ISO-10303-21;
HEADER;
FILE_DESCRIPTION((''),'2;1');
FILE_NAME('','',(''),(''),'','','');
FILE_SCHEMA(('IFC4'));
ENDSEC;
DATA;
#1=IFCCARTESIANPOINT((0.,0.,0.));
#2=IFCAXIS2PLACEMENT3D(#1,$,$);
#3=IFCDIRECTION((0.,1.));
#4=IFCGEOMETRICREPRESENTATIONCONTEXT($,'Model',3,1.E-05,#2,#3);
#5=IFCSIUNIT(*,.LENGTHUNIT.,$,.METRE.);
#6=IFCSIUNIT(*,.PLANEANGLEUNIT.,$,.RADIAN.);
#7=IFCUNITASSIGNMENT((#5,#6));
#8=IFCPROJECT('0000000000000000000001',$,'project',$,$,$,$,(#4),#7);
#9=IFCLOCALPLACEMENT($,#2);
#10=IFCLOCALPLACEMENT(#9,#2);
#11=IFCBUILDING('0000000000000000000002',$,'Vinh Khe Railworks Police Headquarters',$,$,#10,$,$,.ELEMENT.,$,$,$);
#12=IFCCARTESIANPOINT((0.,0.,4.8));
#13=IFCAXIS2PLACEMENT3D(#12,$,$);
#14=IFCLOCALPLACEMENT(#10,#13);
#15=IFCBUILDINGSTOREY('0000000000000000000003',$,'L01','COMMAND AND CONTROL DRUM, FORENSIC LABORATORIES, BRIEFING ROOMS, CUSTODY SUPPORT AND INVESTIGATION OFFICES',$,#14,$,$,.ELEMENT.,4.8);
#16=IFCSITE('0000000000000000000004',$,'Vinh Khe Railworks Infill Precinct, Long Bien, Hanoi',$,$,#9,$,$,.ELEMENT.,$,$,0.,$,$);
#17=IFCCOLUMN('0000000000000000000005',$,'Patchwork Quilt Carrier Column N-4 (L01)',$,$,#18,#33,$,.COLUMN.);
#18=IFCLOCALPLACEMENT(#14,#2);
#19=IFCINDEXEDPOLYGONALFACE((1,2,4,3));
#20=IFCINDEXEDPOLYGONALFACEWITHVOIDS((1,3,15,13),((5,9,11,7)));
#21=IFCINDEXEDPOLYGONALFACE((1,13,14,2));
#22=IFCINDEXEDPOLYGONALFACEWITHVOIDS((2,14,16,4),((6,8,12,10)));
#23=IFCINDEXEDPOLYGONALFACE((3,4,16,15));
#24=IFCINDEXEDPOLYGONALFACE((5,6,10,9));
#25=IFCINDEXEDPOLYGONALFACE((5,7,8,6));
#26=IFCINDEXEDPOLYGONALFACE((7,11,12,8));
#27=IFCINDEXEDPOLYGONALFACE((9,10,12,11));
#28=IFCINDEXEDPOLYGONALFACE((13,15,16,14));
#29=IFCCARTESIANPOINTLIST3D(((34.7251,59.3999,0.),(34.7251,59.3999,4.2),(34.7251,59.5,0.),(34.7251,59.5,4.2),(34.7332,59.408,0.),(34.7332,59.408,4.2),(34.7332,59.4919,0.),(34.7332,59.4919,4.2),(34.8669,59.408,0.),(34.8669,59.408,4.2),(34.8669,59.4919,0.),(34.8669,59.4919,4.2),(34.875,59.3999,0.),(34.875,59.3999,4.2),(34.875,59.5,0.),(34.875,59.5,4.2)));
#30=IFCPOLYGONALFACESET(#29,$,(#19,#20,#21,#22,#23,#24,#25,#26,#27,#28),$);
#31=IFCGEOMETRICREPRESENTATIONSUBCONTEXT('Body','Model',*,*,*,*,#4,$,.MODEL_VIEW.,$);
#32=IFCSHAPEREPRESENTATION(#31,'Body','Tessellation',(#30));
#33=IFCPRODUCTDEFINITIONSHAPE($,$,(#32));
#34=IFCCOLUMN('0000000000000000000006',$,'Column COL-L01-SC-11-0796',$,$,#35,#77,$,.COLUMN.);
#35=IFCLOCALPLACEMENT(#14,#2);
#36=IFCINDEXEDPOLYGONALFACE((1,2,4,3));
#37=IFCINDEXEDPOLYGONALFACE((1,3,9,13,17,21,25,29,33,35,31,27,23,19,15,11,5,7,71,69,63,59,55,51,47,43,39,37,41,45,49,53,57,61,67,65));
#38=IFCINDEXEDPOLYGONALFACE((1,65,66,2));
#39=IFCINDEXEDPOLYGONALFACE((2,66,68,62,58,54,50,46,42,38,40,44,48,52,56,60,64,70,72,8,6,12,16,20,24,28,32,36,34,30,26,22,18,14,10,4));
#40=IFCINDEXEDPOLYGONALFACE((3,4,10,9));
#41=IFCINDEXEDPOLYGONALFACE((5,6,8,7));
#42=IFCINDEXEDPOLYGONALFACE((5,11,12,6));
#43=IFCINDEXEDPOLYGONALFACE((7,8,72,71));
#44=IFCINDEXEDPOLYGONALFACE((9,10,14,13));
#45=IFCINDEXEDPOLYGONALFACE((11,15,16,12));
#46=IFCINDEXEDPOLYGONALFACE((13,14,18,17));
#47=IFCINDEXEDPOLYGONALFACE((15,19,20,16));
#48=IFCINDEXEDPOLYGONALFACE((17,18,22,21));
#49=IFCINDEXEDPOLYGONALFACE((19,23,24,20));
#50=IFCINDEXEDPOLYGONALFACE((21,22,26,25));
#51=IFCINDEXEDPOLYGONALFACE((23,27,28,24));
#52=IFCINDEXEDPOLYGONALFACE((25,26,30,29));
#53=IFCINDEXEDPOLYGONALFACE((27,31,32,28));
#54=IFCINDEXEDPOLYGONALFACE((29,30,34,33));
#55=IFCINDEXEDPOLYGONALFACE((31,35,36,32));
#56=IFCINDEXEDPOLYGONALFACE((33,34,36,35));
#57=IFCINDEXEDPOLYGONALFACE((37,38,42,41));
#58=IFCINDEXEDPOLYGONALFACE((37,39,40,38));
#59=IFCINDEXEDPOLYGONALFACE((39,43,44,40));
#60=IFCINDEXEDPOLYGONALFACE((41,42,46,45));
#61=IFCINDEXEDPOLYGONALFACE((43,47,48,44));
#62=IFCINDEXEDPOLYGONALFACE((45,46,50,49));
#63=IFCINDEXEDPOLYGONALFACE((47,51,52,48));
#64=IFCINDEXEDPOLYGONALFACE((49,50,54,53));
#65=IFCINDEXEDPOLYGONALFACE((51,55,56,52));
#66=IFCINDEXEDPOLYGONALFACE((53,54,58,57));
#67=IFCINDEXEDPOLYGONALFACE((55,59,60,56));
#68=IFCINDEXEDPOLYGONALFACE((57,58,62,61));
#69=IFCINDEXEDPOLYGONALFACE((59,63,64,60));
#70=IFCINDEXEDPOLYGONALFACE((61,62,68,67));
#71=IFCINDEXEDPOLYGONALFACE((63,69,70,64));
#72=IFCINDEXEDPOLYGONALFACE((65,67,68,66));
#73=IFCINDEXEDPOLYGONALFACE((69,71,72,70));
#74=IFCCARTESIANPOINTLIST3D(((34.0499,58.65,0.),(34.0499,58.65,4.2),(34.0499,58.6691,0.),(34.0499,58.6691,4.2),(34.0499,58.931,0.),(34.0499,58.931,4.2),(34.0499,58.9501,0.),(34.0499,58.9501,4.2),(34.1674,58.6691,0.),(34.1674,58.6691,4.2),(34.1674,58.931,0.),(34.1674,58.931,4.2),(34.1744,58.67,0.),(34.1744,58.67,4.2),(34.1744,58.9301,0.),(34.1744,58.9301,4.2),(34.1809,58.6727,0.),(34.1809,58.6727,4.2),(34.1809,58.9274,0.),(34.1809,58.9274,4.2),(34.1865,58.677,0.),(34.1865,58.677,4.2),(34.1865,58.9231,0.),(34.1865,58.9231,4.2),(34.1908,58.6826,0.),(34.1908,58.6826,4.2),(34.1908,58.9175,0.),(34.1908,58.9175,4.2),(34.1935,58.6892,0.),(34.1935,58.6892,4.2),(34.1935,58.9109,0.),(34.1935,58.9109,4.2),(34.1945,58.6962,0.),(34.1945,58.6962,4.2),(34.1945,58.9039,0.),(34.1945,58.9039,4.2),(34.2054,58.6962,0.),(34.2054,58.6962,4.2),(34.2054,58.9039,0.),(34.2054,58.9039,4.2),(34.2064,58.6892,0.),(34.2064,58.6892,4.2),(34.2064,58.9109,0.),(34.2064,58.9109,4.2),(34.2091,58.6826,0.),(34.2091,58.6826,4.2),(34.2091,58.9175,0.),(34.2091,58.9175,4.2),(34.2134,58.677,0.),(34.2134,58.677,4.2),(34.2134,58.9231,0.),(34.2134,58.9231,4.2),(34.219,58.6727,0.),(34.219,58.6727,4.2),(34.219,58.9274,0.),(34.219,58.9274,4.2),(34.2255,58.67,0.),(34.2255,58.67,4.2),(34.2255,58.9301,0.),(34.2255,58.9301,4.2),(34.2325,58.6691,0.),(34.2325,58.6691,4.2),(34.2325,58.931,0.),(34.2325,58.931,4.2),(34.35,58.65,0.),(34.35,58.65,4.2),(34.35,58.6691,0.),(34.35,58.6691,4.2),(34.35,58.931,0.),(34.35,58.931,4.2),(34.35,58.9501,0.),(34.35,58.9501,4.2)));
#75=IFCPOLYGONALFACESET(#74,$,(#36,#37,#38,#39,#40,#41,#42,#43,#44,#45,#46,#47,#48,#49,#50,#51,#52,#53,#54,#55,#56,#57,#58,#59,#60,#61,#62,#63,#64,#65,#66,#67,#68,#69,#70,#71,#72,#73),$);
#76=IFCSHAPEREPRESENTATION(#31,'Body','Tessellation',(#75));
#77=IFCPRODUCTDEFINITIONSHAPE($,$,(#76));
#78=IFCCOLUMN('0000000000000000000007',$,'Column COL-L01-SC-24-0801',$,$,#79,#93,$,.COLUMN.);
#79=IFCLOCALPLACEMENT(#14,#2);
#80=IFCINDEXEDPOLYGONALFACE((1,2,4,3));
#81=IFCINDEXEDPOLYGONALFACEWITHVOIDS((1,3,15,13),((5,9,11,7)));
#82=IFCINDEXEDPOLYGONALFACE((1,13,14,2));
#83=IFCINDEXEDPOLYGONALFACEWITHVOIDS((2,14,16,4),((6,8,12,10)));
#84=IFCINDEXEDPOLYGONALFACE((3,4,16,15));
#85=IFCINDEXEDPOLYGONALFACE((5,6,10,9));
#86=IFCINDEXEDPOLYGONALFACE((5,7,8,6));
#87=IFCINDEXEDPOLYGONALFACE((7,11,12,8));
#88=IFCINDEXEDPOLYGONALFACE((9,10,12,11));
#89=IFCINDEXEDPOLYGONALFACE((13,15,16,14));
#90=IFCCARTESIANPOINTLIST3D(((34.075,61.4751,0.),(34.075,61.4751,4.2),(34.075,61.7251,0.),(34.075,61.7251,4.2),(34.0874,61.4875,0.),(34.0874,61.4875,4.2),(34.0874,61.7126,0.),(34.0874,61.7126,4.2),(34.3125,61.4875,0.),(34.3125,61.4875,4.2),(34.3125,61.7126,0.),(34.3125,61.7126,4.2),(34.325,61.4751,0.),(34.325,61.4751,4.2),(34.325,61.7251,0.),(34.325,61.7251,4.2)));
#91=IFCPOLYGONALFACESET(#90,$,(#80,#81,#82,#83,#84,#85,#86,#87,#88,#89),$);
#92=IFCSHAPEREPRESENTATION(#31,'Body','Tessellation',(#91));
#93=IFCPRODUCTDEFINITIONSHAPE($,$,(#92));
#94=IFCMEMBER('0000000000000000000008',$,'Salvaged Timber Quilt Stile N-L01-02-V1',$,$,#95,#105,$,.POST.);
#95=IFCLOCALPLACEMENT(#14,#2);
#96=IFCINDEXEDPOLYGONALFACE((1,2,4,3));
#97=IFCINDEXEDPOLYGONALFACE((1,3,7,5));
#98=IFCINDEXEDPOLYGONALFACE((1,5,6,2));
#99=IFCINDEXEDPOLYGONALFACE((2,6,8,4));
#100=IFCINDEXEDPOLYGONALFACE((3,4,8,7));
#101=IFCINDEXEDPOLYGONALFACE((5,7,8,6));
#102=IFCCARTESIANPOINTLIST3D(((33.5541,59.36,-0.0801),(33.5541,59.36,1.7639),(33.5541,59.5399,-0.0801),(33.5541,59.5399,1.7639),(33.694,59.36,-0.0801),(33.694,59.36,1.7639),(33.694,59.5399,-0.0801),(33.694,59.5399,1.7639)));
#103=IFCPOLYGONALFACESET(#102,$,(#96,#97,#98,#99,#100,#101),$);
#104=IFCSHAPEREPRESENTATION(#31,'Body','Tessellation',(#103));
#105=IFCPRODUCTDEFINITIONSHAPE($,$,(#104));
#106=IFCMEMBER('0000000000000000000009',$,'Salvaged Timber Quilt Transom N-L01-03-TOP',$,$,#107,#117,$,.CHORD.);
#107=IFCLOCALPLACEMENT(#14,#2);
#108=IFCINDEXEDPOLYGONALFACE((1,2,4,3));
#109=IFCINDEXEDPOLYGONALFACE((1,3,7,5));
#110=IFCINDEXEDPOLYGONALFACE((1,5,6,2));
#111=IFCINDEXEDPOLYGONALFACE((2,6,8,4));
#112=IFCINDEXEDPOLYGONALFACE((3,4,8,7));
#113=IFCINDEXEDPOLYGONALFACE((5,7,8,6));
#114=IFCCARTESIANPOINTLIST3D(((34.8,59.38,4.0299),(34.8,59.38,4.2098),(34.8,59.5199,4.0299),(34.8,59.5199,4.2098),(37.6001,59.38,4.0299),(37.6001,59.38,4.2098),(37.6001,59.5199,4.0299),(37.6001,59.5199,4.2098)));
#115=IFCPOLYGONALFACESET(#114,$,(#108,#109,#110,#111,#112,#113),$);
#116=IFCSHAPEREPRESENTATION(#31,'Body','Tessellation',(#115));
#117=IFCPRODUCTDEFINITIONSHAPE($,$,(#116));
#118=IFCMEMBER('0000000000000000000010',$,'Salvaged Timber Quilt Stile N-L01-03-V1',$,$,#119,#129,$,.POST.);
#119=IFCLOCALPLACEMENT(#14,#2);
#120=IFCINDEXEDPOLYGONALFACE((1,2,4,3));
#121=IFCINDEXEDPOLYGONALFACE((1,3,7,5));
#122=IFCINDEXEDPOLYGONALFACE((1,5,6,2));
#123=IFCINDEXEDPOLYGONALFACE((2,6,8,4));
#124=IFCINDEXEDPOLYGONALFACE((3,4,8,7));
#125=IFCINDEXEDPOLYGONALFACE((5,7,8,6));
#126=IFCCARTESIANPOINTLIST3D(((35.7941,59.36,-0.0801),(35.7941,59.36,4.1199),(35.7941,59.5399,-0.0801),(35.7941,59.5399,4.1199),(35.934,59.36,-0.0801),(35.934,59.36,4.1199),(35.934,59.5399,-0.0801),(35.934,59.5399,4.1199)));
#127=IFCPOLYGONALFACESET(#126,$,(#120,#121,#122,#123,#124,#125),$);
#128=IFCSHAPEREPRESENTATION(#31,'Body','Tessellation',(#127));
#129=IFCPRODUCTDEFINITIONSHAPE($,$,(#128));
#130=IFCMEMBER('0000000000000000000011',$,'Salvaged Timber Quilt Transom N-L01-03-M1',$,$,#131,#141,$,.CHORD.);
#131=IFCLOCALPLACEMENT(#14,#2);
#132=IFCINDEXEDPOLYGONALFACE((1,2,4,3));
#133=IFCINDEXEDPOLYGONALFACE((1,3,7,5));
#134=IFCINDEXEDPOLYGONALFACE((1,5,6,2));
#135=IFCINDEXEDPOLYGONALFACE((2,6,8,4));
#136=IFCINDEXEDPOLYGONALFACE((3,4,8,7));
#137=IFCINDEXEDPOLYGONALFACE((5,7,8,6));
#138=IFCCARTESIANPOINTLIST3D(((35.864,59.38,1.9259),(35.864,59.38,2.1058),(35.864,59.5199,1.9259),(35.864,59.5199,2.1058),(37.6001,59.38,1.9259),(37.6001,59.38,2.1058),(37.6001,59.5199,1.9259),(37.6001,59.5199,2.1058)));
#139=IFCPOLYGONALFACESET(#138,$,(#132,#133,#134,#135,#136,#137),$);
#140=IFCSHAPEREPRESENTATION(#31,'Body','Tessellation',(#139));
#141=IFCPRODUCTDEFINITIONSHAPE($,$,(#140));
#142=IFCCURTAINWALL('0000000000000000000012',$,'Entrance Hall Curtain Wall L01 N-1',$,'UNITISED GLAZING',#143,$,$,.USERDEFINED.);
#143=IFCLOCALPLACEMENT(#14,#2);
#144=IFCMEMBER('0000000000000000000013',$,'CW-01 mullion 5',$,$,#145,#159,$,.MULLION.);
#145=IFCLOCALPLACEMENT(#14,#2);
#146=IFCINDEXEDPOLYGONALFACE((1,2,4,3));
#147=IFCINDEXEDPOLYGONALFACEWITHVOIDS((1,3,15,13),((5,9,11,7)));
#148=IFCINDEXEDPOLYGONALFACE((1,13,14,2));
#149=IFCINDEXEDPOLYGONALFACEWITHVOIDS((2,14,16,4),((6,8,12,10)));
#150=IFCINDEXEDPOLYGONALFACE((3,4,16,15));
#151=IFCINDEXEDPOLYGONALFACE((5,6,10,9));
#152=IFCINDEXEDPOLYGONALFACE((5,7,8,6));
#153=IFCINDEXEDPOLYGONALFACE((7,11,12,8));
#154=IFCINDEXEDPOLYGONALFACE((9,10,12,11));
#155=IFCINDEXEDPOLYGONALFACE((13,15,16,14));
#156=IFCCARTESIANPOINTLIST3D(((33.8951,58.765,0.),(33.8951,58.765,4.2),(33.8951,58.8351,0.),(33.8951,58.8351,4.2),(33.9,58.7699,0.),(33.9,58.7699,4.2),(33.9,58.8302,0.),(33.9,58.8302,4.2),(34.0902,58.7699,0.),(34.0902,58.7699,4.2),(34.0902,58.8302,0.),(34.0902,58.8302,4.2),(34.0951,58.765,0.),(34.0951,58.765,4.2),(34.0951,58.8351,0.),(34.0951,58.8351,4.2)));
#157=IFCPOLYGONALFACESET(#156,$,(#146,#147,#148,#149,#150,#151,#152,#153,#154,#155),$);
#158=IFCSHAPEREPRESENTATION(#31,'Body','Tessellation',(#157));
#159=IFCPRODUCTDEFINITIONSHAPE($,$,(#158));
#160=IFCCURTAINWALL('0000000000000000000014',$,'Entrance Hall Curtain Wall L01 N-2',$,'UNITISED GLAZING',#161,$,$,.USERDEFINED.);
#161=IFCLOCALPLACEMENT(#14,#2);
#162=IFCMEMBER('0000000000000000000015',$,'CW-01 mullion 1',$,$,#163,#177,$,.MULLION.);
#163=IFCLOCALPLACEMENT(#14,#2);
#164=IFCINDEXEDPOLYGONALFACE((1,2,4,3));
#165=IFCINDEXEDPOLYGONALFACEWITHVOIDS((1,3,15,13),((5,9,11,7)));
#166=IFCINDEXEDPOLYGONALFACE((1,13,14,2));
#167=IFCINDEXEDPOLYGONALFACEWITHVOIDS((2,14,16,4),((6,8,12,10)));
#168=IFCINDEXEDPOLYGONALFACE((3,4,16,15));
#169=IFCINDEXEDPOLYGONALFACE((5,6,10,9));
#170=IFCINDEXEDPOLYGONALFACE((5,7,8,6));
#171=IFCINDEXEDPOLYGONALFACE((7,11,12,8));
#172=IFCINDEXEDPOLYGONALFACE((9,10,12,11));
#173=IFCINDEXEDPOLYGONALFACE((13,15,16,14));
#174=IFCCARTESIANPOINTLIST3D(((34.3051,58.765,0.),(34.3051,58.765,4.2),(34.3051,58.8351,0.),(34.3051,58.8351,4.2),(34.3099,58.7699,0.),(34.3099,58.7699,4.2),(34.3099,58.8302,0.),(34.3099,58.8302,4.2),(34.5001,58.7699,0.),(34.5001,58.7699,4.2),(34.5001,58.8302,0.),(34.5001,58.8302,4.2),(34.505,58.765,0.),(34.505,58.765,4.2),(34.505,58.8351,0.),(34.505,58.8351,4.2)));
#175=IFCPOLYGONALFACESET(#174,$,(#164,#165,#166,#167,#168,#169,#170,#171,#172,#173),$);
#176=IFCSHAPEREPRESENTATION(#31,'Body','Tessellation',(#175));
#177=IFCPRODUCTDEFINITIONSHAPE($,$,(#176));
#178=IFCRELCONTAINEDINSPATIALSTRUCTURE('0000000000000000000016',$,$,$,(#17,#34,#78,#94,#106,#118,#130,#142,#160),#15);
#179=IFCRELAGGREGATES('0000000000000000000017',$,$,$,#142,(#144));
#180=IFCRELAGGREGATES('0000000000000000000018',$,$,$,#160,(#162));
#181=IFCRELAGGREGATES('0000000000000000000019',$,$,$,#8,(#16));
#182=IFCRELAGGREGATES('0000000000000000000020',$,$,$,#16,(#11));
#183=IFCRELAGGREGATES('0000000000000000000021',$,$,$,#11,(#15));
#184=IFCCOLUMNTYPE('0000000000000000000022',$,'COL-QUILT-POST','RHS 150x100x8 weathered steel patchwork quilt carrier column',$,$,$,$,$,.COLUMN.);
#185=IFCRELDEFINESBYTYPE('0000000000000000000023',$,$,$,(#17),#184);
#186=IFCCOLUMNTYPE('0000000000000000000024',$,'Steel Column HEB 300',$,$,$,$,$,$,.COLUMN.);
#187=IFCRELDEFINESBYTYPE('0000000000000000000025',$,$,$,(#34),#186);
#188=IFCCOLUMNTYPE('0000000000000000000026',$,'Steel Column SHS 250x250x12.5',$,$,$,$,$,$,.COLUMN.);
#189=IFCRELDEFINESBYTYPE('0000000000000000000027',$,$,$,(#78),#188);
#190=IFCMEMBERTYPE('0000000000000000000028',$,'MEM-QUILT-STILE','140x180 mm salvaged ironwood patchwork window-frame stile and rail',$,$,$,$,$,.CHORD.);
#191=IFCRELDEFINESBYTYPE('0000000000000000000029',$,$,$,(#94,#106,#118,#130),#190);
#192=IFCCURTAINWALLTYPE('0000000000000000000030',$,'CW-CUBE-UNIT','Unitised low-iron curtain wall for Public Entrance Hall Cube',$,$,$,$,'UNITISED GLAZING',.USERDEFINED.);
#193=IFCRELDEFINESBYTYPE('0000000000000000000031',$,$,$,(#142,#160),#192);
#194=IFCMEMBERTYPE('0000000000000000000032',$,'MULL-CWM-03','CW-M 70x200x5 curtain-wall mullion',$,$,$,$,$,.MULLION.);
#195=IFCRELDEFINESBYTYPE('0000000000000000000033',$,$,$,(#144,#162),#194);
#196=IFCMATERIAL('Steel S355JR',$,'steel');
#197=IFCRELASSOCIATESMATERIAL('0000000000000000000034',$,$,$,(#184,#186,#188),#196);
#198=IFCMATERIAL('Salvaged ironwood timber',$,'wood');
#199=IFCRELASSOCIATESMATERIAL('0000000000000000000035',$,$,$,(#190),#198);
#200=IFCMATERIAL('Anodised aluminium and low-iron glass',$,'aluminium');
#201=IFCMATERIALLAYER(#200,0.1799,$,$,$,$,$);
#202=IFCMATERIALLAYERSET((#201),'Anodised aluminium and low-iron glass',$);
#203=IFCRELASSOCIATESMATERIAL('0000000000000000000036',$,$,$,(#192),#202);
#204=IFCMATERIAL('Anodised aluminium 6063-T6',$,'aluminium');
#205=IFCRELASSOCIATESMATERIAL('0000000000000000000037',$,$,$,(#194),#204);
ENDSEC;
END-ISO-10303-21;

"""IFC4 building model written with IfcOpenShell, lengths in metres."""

from ifc_helpers import new_model, si_unit, direction, frame, origin, origin_2d, place, context, subcontext, project, spatial, rectangle, hollow_rectangle, i_section, extrude, material, layer, layer_set, material_profile, profile_set, type_object, element, aggregate, save


model = new_model("IFC4")

# Units and contexts
model_context = context("Model", 3, precision=1e-05, world=origin(), true_north=direction((0.0, 1.0)))
body_context = subcontext(model_context, "Body", "Model", "MODEL_VIEW")
ifc_project = project(units=[si_unit("LENGTHUNIT", "METRE"), si_unit("PLANEANGLEUNIT", "RADIAN")], contexts=[model_context])

# Site, building, storey
site_placement = place(None, origin())
site = spatial("IfcSite", under=ifc_project, at=site_placement, Name="Vinh Khe Railworks Infill Precinct, Long Bien, Hanoi", CompositionType="ELEMENT", RefElevation=0.0)
building_placement = place(site_placement, origin())
building = spatial("IfcBuilding", under=site, at=building_placement, Name="Vinh Khe Railworks Police Headquarters", CompositionType="ELEMENT")
storey_placement = place(building_placement, frame((0.0, 0.0, 4.8)))
storey = spatial("IfcBuildingStorey", under=building, at=storey_placement, Name="L01", Description="COMMAND AND CONTROL DRUM, FORENSIC LABORATORIES, BRIEFING ROOMS, CUSTODY SUPPORT AND INVESTIGATION OFFICES", CompositionType="ELEMENT", Elevation=4.8)

# Columns
ifc_material_1 = material(Name="Steel S355JR", Category="steel")
ifc_material_profile_1 = material_profile(ifc_material_1, hollow_rectangle(XDim=0.1499, YDim=0.1001, WallThickness=0.0081, at=origin_2d()), Name="RHS 150x100x8")
ifc_profile_set_1 = profile_set([ifc_material_profile_1], Name="Steel S355JR")
column_type_1 = type_object("IfcColumnType", Name="COL-QUILT-POST", Description="RHS 150x100x8 weathered steel patchwork quilt carrier column", PredefinedType="COLUMN", material=ifc_profile_set_1)
column_1_placement = place(storey_placement, frame((34.8, 59.45, 0.0), z_axis=(0.0, 0.0, 1.0), x_axis=(1.0, 0.0, 0.0)))
element("IfcColumn", 1, at=column_1_placement, inside=storey, type_object=column_type_1, Name="Patchwork Quilt Carrier Column N-4 (L01)", PredefinedType="COLUMN", context=body_context, shape_type="SweptSolid", body=[
    extrude(hollow_rectangle(XDim=0.1499, YDim=0.1001, WallThickness=0.0081, at=origin_2d()), origin(), (0.0, 0.0, 1.0), 4.2),
])
ifc_material_profile_2 = material_profile(ifc_material_1, i_section(OverallWidth=0.3, OverallDepth=0.3, WebThickness=0.011, FlangeThickness=0.019, FilletRadius=0.0271, at=origin_2d()), Name="HEB 300")
ifc_profile_set_2 = profile_set([ifc_material_profile_2], Name="Steel S355JR")
column_type_2 = type_object("IfcColumnType", Name="Steel Column HEB 300", PredefinedType="COLUMN", material=ifc_profile_set_2)
column_2_placement = place(storey_placement, frame((34.2, 58.8, 0.0), z_axis=(0.0, 0.0, 1.0), x_axis=(1.0, 0.0, 0.0)))
element("IfcColumn", 2, at=column_2_placement, inside=storey, type_object=column_type_2, Name="Column COL-L01-SC-11-0796", PredefinedType="COLUMN", context=body_context, shape_type="SweptSolid", body=[
    extrude(i_section(OverallWidth=0.3, OverallDepth=0.3, WebThickness=0.011, FlangeThickness=0.019, FilletRadius=0.0271, at=origin_2d()), origin(), (0.0, 0.0, 1.0), 4.2),
])
ifc_material_profile_3 = material_profile(ifc_material_1, hollow_rectangle(XDim=0.25, YDim=0.25, WallThickness=0.0125, at=origin_2d()), Name="SHS 250x250x12.5")
ifc_profile_set_3 = profile_set([ifc_material_profile_3], Name="Steel S355JR")
column_type_3 = type_object("IfcColumnType", Name="Steel Column SHS 250x250x12.5", PredefinedType="COLUMN", material=ifc_profile_set_3)
column_3_placement = place(storey_placement, frame((34.2, 61.6001, 0.0), z_axis=(0.0, 0.0, 1.0), x_axis=(1.0, 0.0, 0.0)))
element("IfcColumn", 3, at=column_3_placement, inside=storey, type_object=column_type_3, Name="Column COL-L01-SC-24-0801", PredefinedType="COLUMN", context=body_context, shape_type="SweptSolid", body=[
    extrude(hollow_rectangle(XDim=0.25, YDim=0.25, WallThickness=0.0125, at=origin_2d()), origin(), (0.0, 0.0, 1.0), 4.2),
])

# Members
ifc_material_2 = material(Name="Salvaged ironwood timber", Category="wood")
ifc_material_profile_4 = material_profile(ifc_material_2, rectangle(XDim=0.1399, YDim=0.1799, at=origin_2d()), Name="TIMBER 140x180")
ifc_profile_set_4 = profile_set([ifc_material_profile_4], Name="Salvaged ironwood timber")
member_type_1 = type_object("IfcMemberType", Name="MEM-QUILT-STILE", Description="140x180 mm salvaged ironwood patchwork window-frame stile and rail", PredefinedType="CHORD", material=ifc_profile_set_4)
member_1_placement = place(storey_placement, frame((33.624, 59.45, -0.0801), z_axis=(0.0, 0.0, 1.0), x_axis=(1.0, 0.0, 0.0)))
element("IfcMember", 4, at=member_1_placement, inside=storey, type_object=member_type_1, Name="Salvaged Timber Quilt Stile N-L01-02-V1", PredefinedType="POST", context=body_context, shape_type="SweptSolid", body=[
    extrude(rectangle(XDim=0.1399, YDim=0.1799, at=origin_2d()), origin(), (0.0, 0.0, 1.0), 1.844),
])
member_2_placement = place(storey_placement, frame((34.8, 59.45, 4.1199), z_axis=(1.0, 0.0, 0.0), x_axis=(0.0, 1.0, 0.0)))
element("IfcMember", 5, at=member_2_placement, inside=storey, type_object=member_type_1, Name="Salvaged Timber Quilt Transom N-L01-03-TOP", PredefinedType="CHORD", context=body_context, shape_type="SweptSolid", body=[
    extrude(rectangle(XDim=0.1399, YDim=0.1799, at=origin_2d()), origin(), (0.0, 0.0, 1.0), 2.8),
])
member_3_placement = place(storey_placement, frame((35.864, 59.45, -0.0801), z_axis=(0.0, 0.0, 1.0), x_axis=(1.0, 0.0, 0.0)))
element("IfcMember", 6, at=member_3_placement, inside=storey, type_object=member_type_1, Name="Salvaged Timber Quilt Stile N-L01-03-V1", PredefinedType="POST", context=body_context, shape_type="SweptSolid", body=[
    extrude(rectangle(XDim=0.1399, YDim=0.1799, at=origin_2d()), origin(), (0.0, 0.0, 1.0), 4.2),
])
member_4_placement = place(storey_placement, frame((35.864, 59.45, 2.0159), z_axis=(1.0, 0.0, 0.0), x_axis=(0.0, 1.0, 0.0)))
element("IfcMember", 7, at=member_4_placement, inside=storey, type_object=member_type_1, Name="Salvaged Timber Quilt Transom N-L01-03-M1", PredefinedType="CHORD", context=body_context, shape_type="SweptSolid", body=[
    extrude(rectangle(XDim=0.1399, YDim=0.1799, at=origin_2d()), origin(), (0.0, 0.0, 1.0), 1.7361),
])

# Curtain walls, members
ifc_material_3 = material(Name="Anodised aluminium and low-iron glass", Category="aluminium")
ifc_layer_1 = layer(ifc_material_3, 0.1799)
ifc_layer_set_1 = layer_set([ifc_layer_1], Name="Anodised aluminium and low-iron glass")
curtain_wall_type = type_object("IfcCurtainWallType", Name="CW-CUBE-UNIT", Description="Unitised low-iron curtain wall for Public Entrance Hall Cube", ElementType="UNITISED GLAZING", PredefinedType="USERDEFINED", material=ifc_layer_set_1)
curtain_wall_1_placement = place(storey_placement, origin())
curtain_wall_1 = element("IfcCurtainWall", 8, at=curtain_wall_1_placement, inside=storey, type_object=curtain_wall_type, Name="Entrance Hall Curtain Wall L01 N-1", ObjectType="UNITISED GLAZING", PredefinedType="USERDEFINED")
ifc_material_4 = material(Name="Anodised aluminium 6063-T6", Category="aluminium")
ifc_material_profile_5 = material_profile(ifc_material_4, hollow_rectangle(XDim=0.0701, YDim=0.2, WallThickness=0.0049, at=origin_2d()), Name="CW-M 70x200x5")
ifc_profile_set_5 = profile_set([ifc_material_profile_5], Name="Anodised aluminium 6063-T6")
member_type_2 = type_object("IfcMemberType", Name="MULL-CWM-03", Description="CW-M 70x200x5 curtain-wall mullion", PredefinedType="MULLION", material=ifc_profile_set_5)
member_5_placement = place(storey_placement, frame((33.9951, 58.8, 0.0), z_axis=(0.0, 0.0, 1.0), x_axis=(0.0, 1.0, 0.0)))
member_5 = element("IfcMember", 9, at=member_5_placement, type_object=member_type_2, Name="CW-01 mullion 5", PredefinedType="MULLION", context=body_context, shape_type="SweptSolid", body=[
    extrude(hollow_rectangle(XDim=0.0701, YDim=0.2, WallThickness=0.0049, at=origin_2d()), origin(), (0.0, 0.0, 1.0), 4.2),
])
aggregate(curtain_wall_1, [member_5])
curtain_wall_2_placement = place(storey_placement, origin())
curtain_wall_2 = element("IfcCurtainWall", 10, at=curtain_wall_2_placement, inside=storey, type_object=curtain_wall_type, Name="Entrance Hall Curtain Wall L01 N-2", ObjectType="UNITISED GLAZING", PredefinedType="USERDEFINED")
member_6_placement = place(storey_placement, frame((34.405, 58.8, 0.0), z_axis=(0.0, 0.0, 1.0), x_axis=(0.0, 1.0, 0.0)))
member_6 = element("IfcMember", 11, at=member_6_placement, type_object=member_type_2, Name="CW-01 mullion 1", PredefinedType="MULLION", context=body_context, shape_type="SweptSolid", body=[
    extrude(hollow_rectangle(XDim=0.0701, YDim=0.2, WallThickness=0.0049, at=origin_2d()), origin(), (0.0, 0.0, 1.0), 4.2),
])

aggregate(curtain_wall_2, [member_6])

save(model, "model.ifc")
